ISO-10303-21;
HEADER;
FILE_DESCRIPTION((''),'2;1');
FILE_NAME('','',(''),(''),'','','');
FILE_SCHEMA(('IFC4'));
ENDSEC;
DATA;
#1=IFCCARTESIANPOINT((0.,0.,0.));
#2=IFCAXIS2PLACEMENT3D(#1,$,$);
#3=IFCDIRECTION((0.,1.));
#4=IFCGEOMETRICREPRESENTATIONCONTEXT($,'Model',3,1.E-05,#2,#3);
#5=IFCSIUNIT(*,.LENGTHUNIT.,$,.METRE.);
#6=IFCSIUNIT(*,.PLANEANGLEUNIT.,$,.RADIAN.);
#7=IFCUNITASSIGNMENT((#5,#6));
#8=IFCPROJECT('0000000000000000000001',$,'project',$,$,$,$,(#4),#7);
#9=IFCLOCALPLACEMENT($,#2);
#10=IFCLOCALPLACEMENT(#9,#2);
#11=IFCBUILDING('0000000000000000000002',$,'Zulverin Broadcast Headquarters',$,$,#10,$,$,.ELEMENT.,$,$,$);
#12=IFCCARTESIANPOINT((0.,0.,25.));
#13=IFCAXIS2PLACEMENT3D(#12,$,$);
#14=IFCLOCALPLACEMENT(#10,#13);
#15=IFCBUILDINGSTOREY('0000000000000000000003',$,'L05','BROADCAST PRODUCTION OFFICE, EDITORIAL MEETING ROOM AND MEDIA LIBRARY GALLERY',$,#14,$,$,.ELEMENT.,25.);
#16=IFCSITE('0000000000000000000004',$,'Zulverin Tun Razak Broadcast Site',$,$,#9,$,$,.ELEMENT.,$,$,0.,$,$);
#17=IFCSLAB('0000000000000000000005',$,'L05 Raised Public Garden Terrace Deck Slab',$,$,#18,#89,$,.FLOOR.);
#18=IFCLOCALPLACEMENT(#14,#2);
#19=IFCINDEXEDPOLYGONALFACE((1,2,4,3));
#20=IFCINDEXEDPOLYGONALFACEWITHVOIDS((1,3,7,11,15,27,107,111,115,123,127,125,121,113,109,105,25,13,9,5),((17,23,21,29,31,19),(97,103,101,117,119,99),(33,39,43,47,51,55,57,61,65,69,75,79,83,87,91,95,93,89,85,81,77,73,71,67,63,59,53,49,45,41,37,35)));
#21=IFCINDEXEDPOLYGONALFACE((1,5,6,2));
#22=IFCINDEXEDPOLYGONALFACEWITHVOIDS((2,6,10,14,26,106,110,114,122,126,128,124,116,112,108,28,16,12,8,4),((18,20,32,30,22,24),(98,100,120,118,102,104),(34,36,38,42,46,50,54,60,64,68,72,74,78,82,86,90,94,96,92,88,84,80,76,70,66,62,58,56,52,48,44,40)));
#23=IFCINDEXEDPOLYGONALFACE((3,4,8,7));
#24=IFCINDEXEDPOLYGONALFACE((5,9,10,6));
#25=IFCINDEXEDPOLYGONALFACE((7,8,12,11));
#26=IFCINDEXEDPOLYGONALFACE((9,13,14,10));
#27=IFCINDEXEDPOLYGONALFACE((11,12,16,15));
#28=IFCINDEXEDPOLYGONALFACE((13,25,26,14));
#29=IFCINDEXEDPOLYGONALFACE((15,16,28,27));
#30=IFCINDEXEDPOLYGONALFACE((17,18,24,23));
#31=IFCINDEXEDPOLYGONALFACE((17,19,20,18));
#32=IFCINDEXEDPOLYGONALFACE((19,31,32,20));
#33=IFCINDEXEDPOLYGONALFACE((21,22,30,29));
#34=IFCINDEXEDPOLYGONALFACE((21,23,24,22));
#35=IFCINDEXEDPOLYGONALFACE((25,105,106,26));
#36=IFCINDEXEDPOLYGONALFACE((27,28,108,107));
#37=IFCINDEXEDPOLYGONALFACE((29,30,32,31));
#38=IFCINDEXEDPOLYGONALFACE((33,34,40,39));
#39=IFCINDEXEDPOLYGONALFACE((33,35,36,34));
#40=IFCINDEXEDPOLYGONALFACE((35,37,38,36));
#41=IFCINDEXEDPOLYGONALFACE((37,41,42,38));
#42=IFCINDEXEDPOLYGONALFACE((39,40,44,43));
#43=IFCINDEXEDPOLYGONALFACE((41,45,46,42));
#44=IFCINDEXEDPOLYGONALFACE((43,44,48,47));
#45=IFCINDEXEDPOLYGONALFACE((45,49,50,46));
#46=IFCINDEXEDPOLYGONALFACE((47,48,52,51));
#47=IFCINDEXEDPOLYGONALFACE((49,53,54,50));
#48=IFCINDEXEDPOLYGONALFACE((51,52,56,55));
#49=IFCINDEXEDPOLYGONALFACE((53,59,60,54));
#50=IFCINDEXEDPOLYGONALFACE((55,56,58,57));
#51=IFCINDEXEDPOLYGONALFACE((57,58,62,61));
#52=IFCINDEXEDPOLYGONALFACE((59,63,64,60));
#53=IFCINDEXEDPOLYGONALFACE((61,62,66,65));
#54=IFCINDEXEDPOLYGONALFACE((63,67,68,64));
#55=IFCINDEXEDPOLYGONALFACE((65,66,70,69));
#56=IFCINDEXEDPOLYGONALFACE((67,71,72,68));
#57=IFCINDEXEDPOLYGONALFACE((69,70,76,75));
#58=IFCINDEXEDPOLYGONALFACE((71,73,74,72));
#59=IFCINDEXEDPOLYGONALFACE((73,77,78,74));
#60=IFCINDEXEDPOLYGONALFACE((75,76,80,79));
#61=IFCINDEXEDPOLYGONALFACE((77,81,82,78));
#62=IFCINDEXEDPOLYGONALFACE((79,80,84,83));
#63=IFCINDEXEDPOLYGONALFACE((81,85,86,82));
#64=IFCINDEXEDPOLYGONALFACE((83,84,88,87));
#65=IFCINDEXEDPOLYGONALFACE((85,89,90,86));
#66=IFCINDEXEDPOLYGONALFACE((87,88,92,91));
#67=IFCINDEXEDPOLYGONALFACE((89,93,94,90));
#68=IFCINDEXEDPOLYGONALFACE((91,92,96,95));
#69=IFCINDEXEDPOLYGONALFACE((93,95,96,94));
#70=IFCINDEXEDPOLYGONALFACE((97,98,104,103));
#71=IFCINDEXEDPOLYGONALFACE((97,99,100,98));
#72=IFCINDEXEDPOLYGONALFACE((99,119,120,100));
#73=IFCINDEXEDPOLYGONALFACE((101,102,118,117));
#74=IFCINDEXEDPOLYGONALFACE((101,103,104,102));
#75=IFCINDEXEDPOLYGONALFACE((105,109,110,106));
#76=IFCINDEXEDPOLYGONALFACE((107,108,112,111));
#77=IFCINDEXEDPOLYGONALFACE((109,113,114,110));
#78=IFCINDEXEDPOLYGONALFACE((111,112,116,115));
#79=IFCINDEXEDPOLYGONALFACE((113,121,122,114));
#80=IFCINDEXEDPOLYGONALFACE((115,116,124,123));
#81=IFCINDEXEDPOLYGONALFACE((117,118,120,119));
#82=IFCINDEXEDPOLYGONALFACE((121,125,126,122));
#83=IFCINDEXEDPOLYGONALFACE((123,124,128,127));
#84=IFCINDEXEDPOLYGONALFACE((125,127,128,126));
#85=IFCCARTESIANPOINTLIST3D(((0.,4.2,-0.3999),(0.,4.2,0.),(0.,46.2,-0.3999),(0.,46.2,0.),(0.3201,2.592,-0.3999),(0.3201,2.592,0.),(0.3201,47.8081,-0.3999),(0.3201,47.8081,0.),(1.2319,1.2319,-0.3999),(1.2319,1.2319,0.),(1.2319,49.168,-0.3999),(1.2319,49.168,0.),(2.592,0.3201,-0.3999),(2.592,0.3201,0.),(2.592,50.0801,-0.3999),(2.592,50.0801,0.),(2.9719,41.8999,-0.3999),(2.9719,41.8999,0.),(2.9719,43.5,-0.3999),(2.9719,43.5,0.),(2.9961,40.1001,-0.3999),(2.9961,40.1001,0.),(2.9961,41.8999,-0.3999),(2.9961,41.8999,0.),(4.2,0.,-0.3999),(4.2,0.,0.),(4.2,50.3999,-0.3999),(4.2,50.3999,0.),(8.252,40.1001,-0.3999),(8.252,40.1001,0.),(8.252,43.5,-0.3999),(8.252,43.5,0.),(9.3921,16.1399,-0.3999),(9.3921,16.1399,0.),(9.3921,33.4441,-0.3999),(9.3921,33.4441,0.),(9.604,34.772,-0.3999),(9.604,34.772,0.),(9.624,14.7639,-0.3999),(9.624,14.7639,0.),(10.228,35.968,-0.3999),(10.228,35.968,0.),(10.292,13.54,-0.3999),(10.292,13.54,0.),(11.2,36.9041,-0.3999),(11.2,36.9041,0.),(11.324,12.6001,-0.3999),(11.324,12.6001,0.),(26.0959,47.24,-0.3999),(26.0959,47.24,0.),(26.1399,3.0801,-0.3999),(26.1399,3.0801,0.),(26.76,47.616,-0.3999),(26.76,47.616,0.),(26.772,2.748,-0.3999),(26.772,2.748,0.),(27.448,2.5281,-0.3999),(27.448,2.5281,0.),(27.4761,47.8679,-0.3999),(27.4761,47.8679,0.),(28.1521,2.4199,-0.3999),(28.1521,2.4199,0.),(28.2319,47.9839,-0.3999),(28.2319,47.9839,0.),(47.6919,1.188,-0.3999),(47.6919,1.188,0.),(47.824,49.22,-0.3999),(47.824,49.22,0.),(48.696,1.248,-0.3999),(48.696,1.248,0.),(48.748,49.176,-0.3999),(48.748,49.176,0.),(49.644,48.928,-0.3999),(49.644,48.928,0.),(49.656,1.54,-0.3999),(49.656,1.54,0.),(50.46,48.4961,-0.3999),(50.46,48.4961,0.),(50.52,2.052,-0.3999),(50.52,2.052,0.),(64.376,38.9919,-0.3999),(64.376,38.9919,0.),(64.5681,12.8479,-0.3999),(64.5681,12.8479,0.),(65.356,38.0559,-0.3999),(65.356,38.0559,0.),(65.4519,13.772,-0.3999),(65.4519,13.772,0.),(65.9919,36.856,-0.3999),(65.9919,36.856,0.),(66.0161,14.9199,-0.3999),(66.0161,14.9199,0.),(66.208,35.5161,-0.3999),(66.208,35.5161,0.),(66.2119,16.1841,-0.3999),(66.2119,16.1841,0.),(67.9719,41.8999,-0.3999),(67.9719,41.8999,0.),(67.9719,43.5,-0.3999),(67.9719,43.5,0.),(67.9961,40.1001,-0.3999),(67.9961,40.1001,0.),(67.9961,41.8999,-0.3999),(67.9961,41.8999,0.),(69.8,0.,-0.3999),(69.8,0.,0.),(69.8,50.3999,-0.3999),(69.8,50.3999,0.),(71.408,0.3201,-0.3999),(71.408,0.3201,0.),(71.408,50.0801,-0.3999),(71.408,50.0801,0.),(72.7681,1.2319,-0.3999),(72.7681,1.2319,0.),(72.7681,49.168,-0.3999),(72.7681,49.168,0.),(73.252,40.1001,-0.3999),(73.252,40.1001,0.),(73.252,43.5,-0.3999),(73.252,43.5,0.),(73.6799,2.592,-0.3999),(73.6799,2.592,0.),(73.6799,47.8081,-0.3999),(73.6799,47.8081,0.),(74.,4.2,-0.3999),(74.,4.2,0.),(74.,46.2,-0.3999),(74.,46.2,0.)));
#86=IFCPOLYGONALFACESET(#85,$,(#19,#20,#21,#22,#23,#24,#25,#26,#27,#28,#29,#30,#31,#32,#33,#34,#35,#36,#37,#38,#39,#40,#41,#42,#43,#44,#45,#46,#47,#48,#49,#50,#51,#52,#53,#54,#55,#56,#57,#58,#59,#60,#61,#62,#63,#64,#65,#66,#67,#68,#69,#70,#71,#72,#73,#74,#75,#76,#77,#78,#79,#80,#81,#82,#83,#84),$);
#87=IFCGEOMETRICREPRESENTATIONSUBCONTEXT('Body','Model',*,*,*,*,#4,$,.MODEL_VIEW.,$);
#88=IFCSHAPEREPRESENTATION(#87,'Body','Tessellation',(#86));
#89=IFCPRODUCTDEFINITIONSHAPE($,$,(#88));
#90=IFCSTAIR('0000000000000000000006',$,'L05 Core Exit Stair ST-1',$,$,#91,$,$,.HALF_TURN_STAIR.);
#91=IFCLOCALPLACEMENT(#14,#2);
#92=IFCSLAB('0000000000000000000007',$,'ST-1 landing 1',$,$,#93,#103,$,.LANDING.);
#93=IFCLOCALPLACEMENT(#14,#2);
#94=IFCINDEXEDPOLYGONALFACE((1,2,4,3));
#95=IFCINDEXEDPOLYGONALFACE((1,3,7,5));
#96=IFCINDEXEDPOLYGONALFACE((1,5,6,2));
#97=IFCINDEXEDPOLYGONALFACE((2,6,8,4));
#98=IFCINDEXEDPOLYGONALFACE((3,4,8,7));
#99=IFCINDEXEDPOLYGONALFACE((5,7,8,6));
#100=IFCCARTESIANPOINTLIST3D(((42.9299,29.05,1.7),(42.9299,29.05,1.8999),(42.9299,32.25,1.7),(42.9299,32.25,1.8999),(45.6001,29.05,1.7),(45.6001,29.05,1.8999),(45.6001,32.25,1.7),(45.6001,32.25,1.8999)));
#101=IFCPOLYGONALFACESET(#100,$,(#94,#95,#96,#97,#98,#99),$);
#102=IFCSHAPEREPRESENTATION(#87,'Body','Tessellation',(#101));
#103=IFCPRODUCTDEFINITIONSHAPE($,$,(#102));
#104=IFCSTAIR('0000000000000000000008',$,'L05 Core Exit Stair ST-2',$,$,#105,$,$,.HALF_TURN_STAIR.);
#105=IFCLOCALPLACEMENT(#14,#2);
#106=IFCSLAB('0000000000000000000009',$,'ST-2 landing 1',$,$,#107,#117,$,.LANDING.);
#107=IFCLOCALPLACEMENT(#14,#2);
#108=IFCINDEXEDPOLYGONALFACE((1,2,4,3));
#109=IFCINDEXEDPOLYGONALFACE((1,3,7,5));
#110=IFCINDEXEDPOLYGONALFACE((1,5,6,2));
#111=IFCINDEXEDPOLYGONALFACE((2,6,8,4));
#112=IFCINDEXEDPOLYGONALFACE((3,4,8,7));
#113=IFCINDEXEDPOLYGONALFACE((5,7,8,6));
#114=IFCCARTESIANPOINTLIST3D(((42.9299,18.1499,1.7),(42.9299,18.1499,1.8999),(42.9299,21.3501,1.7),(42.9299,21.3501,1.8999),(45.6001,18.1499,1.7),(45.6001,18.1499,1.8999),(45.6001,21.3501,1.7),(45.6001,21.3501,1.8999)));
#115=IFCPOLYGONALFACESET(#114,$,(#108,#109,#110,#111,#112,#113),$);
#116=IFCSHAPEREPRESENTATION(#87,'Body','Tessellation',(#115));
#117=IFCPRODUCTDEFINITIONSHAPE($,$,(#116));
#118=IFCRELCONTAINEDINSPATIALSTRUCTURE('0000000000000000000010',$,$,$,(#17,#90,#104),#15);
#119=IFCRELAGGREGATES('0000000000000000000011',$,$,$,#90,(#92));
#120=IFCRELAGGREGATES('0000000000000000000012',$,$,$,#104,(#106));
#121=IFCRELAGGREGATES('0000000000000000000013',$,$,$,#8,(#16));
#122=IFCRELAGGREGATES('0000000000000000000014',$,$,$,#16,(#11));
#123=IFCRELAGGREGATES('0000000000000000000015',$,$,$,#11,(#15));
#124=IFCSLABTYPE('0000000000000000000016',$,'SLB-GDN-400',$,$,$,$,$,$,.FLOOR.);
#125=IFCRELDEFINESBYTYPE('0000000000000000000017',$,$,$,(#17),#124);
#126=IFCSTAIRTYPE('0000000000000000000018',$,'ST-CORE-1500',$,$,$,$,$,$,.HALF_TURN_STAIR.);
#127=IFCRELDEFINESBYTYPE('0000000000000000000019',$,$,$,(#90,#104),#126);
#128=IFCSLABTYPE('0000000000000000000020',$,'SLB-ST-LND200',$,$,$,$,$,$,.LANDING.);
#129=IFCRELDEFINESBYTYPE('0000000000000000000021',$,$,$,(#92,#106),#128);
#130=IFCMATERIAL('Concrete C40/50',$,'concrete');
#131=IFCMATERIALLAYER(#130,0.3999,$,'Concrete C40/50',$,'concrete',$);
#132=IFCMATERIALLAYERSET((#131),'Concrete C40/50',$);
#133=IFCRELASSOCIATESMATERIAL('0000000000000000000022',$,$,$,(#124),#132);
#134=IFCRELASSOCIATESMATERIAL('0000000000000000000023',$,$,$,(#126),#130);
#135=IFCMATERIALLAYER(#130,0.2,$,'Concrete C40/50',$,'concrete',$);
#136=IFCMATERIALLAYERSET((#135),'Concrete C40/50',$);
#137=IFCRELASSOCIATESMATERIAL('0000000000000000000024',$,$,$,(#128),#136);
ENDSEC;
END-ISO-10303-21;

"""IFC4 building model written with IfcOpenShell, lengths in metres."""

from ifc_helpers import new_model, si_unit, direction, frame, origin, place, context, subcontext, project, spatial, polyline, outline, extrude, material, layer, layer_set, type_object, element, aggregate, save


model = new_model("IFC4")

# Units and contexts
model_context = context("Model", 3, precision=1e-05, world=origin(), true_north=direction((0.0, 1.0)))
body_context = subcontext(model_context, "Body", "Model", "MODEL_VIEW")
ifc_project = project(units=[si_unit("LENGTHUNIT", "METRE"), si_unit("PLANEANGLEUNIT", "RADIAN")], contexts=[model_context])

# Site, building, storey
site_placement = place(None, origin())
site = spatial("IfcSite", under=ifc_project, at=site_placement, Name="Zulverin Tun Razak Broadcast Site", CompositionType="ELEMENT", RefElevation=0.0)
building_placement = place(site_placement, origin())
building = spatial("IfcBuilding", under=site, at=building_placement, Name="Zulverin Broadcast Headquarters", CompositionType="ELEMENT")
storey_placement = place(building_placement, frame((0.0, 0.0, 25.0)))
storey = spatial("IfcBuildingStorey", under=building, at=storey_placement, Name="L05", Description="BROADCAST PRODUCTION OFFICE, EDITORIAL MEETING ROOM AND MEDIA LIBRARY GALLERY", CompositionType="ELEMENT", Elevation=25.0)

# Slab
ifc_material_1 = material(Name="Concrete C40/50", Category="concrete")
ifc_layer_1 = layer(ifc_material_1, 0.3999, Name="Concrete C40/50", Category="concrete")
ifc_layer_set_1 = layer_set([ifc_layer_1], Name="Concrete C40/50")
slab_type_1 = type_object("IfcSlabType", Name="SLB-GDN-400", PredefinedType="FLOOR", material=ifc_layer_set_1)
slab_1_placement = place(storey_placement, frame((0.0, 0.0, -0.3999)))
element("IfcSlab", 1, at=slab_1_placement, inside=storey, type_object=slab_type_1, Name="L05 Raised Public Garden Terrace Deck Slab", PredefinedType="FLOOR", context=body_context, shape_type="SweptSolid", body=[
    extrude(outline(polyline([(0.3201, 2.592), (1.2319, 1.2319), (2.592, 0.3201), (4.2, 0.0), (69.8, 0.0), (71.408, 0.3201), (72.7681, 1.2319), (73.6799, 2.592), (74.0, 4.2), (74.0, 46.2), (73.6799, 47.8081), (72.7681, 49.168), (71.408, 50.0801), (69.8, 50.3999), (4.2, 50.3999), (2.592, 50.0801), (1.2319, 49.168), (0.3201, 47.8081), (0.0, 46.2), (0.0, 4.2), (0.3201, 2.592)]), holes=[polyline([(73.252, 40.1001), (67.9961, 40.1001), (67.9961, 41.8999), (67.9719, 41.8999), (67.9719, 43.5), (73.252, 43.5), (73.252, 40.1001)]), polyline([(27.448, 2.5281), (26.772, 2.748), (26.1399, 3.0801), (11.324, 12.6001), (10.292, 13.54), (9.624, 14.7639), (9.3921, 16.1399), (9.3921, 33.4441), (9.604, 34.772), (10.228, 35.968), (11.2, 36.9041), (26.0959, 47.24), (26.76, 47.616), (27.4761, 47.8679), (28.2319, 47.9839), (47.824, 49.22), (48.748, 49.176), (49.644, 48.928), (50.46, 48.4961), (64.376, 38.9919), (65.356, 38.0559), (65.9919, 36.856), (66.208, 35.5161), (66.2119, 16.1841), (66.0161, 14.9199), (65.4519, 13.772), (64.5681, 12.8479), (50.52, 2.052), (49.656, 1.54), (48.696, 1.248), (47.6919, 1.188), (28.1521, 2.4199), (27.448, 2.5281)]), polyline([(8.252, 43.5), (8.252, 40.1001), (2.9961, 40.1001), (2.9961, 41.8999), (2.9719, 41.8999), (2.9719, 43.5), (8.252, 43.5)])]), origin(), (0.0, 0.0, 1.0), 0.3999),
])

# Stairs, slabs
stair_type = type_object("IfcStairType", Name="ST-CORE-1500", PredefinedType="HALF_TURN_STAIR", material=ifc_material_1)
stair_1_placement = place(storey_placement, origin())
stair_1 = element("IfcStair", 2, at=stair_1_placement, inside=storey, type_object=stair_type, Name="L05 Core Exit Stair ST-1", PredefinedType="HALF_TURN_STAIR")
ifc_layer_2 = layer(ifc_material_1, 0.2, Name="Concrete C40/50", Category="concrete")
ifc_layer_set_2 = layer_set([ifc_layer_2], Name="Concrete C40/50")
slab_type_2 = type_object("IfcSlabType", Name="SLB-ST-LND200", PredefinedType="LANDING", material=ifc_layer_set_2)
slab_2_placement = place(storey_placement, frame((0.0, 0.0, 1.7)))
slab_2 = element("IfcSlab", 3, at=slab_2_placement, type_object=slab_type_2, Name="ST-1 landing 1", PredefinedType="LANDING", context=body_context, shape_type="SweptSolid", body=[
    extrude(outline(polyline([(42.9299, 29.05), (45.6001, 29.05), (45.6001, 32.25), (42.9299, 32.25), (42.9299, 29.05)])), origin(), (0.0, 0.0, 1.0), 0.2),
])
aggregate(stair_1, [slab_2])
stair_2_placement = place(storey_placement, origin())
stair_2 = element("IfcStair", 4, at=stair_2_placement, inside=storey, type_object=stair_type, Name="L05 Core Exit Stair ST-2", PredefinedType="HALF_TURN_STAIR")
slab_3_placement = place(storey_placement, frame((0.0, 0.0, 1.7)))
slab_3 = element("IfcSlab", 5, at=slab_3_placement, type_object=slab_type_2, Name="ST-2 landing 1", PredefinedType="LANDING", context=body_context, shape_type="SweptSolid", body=[
    extrude(outline(polyline([(42.9299, 18.1499), (45.6001, 18.1499), (45.6001, 21.3501), (42.9299, 21.3501), (42.9299, 18.1499)])), origin(), (0.0, 0.0, 1.0), 0.2),
])
aggregate(stair_2, [slab_3])

save(model, "model.ifc")
